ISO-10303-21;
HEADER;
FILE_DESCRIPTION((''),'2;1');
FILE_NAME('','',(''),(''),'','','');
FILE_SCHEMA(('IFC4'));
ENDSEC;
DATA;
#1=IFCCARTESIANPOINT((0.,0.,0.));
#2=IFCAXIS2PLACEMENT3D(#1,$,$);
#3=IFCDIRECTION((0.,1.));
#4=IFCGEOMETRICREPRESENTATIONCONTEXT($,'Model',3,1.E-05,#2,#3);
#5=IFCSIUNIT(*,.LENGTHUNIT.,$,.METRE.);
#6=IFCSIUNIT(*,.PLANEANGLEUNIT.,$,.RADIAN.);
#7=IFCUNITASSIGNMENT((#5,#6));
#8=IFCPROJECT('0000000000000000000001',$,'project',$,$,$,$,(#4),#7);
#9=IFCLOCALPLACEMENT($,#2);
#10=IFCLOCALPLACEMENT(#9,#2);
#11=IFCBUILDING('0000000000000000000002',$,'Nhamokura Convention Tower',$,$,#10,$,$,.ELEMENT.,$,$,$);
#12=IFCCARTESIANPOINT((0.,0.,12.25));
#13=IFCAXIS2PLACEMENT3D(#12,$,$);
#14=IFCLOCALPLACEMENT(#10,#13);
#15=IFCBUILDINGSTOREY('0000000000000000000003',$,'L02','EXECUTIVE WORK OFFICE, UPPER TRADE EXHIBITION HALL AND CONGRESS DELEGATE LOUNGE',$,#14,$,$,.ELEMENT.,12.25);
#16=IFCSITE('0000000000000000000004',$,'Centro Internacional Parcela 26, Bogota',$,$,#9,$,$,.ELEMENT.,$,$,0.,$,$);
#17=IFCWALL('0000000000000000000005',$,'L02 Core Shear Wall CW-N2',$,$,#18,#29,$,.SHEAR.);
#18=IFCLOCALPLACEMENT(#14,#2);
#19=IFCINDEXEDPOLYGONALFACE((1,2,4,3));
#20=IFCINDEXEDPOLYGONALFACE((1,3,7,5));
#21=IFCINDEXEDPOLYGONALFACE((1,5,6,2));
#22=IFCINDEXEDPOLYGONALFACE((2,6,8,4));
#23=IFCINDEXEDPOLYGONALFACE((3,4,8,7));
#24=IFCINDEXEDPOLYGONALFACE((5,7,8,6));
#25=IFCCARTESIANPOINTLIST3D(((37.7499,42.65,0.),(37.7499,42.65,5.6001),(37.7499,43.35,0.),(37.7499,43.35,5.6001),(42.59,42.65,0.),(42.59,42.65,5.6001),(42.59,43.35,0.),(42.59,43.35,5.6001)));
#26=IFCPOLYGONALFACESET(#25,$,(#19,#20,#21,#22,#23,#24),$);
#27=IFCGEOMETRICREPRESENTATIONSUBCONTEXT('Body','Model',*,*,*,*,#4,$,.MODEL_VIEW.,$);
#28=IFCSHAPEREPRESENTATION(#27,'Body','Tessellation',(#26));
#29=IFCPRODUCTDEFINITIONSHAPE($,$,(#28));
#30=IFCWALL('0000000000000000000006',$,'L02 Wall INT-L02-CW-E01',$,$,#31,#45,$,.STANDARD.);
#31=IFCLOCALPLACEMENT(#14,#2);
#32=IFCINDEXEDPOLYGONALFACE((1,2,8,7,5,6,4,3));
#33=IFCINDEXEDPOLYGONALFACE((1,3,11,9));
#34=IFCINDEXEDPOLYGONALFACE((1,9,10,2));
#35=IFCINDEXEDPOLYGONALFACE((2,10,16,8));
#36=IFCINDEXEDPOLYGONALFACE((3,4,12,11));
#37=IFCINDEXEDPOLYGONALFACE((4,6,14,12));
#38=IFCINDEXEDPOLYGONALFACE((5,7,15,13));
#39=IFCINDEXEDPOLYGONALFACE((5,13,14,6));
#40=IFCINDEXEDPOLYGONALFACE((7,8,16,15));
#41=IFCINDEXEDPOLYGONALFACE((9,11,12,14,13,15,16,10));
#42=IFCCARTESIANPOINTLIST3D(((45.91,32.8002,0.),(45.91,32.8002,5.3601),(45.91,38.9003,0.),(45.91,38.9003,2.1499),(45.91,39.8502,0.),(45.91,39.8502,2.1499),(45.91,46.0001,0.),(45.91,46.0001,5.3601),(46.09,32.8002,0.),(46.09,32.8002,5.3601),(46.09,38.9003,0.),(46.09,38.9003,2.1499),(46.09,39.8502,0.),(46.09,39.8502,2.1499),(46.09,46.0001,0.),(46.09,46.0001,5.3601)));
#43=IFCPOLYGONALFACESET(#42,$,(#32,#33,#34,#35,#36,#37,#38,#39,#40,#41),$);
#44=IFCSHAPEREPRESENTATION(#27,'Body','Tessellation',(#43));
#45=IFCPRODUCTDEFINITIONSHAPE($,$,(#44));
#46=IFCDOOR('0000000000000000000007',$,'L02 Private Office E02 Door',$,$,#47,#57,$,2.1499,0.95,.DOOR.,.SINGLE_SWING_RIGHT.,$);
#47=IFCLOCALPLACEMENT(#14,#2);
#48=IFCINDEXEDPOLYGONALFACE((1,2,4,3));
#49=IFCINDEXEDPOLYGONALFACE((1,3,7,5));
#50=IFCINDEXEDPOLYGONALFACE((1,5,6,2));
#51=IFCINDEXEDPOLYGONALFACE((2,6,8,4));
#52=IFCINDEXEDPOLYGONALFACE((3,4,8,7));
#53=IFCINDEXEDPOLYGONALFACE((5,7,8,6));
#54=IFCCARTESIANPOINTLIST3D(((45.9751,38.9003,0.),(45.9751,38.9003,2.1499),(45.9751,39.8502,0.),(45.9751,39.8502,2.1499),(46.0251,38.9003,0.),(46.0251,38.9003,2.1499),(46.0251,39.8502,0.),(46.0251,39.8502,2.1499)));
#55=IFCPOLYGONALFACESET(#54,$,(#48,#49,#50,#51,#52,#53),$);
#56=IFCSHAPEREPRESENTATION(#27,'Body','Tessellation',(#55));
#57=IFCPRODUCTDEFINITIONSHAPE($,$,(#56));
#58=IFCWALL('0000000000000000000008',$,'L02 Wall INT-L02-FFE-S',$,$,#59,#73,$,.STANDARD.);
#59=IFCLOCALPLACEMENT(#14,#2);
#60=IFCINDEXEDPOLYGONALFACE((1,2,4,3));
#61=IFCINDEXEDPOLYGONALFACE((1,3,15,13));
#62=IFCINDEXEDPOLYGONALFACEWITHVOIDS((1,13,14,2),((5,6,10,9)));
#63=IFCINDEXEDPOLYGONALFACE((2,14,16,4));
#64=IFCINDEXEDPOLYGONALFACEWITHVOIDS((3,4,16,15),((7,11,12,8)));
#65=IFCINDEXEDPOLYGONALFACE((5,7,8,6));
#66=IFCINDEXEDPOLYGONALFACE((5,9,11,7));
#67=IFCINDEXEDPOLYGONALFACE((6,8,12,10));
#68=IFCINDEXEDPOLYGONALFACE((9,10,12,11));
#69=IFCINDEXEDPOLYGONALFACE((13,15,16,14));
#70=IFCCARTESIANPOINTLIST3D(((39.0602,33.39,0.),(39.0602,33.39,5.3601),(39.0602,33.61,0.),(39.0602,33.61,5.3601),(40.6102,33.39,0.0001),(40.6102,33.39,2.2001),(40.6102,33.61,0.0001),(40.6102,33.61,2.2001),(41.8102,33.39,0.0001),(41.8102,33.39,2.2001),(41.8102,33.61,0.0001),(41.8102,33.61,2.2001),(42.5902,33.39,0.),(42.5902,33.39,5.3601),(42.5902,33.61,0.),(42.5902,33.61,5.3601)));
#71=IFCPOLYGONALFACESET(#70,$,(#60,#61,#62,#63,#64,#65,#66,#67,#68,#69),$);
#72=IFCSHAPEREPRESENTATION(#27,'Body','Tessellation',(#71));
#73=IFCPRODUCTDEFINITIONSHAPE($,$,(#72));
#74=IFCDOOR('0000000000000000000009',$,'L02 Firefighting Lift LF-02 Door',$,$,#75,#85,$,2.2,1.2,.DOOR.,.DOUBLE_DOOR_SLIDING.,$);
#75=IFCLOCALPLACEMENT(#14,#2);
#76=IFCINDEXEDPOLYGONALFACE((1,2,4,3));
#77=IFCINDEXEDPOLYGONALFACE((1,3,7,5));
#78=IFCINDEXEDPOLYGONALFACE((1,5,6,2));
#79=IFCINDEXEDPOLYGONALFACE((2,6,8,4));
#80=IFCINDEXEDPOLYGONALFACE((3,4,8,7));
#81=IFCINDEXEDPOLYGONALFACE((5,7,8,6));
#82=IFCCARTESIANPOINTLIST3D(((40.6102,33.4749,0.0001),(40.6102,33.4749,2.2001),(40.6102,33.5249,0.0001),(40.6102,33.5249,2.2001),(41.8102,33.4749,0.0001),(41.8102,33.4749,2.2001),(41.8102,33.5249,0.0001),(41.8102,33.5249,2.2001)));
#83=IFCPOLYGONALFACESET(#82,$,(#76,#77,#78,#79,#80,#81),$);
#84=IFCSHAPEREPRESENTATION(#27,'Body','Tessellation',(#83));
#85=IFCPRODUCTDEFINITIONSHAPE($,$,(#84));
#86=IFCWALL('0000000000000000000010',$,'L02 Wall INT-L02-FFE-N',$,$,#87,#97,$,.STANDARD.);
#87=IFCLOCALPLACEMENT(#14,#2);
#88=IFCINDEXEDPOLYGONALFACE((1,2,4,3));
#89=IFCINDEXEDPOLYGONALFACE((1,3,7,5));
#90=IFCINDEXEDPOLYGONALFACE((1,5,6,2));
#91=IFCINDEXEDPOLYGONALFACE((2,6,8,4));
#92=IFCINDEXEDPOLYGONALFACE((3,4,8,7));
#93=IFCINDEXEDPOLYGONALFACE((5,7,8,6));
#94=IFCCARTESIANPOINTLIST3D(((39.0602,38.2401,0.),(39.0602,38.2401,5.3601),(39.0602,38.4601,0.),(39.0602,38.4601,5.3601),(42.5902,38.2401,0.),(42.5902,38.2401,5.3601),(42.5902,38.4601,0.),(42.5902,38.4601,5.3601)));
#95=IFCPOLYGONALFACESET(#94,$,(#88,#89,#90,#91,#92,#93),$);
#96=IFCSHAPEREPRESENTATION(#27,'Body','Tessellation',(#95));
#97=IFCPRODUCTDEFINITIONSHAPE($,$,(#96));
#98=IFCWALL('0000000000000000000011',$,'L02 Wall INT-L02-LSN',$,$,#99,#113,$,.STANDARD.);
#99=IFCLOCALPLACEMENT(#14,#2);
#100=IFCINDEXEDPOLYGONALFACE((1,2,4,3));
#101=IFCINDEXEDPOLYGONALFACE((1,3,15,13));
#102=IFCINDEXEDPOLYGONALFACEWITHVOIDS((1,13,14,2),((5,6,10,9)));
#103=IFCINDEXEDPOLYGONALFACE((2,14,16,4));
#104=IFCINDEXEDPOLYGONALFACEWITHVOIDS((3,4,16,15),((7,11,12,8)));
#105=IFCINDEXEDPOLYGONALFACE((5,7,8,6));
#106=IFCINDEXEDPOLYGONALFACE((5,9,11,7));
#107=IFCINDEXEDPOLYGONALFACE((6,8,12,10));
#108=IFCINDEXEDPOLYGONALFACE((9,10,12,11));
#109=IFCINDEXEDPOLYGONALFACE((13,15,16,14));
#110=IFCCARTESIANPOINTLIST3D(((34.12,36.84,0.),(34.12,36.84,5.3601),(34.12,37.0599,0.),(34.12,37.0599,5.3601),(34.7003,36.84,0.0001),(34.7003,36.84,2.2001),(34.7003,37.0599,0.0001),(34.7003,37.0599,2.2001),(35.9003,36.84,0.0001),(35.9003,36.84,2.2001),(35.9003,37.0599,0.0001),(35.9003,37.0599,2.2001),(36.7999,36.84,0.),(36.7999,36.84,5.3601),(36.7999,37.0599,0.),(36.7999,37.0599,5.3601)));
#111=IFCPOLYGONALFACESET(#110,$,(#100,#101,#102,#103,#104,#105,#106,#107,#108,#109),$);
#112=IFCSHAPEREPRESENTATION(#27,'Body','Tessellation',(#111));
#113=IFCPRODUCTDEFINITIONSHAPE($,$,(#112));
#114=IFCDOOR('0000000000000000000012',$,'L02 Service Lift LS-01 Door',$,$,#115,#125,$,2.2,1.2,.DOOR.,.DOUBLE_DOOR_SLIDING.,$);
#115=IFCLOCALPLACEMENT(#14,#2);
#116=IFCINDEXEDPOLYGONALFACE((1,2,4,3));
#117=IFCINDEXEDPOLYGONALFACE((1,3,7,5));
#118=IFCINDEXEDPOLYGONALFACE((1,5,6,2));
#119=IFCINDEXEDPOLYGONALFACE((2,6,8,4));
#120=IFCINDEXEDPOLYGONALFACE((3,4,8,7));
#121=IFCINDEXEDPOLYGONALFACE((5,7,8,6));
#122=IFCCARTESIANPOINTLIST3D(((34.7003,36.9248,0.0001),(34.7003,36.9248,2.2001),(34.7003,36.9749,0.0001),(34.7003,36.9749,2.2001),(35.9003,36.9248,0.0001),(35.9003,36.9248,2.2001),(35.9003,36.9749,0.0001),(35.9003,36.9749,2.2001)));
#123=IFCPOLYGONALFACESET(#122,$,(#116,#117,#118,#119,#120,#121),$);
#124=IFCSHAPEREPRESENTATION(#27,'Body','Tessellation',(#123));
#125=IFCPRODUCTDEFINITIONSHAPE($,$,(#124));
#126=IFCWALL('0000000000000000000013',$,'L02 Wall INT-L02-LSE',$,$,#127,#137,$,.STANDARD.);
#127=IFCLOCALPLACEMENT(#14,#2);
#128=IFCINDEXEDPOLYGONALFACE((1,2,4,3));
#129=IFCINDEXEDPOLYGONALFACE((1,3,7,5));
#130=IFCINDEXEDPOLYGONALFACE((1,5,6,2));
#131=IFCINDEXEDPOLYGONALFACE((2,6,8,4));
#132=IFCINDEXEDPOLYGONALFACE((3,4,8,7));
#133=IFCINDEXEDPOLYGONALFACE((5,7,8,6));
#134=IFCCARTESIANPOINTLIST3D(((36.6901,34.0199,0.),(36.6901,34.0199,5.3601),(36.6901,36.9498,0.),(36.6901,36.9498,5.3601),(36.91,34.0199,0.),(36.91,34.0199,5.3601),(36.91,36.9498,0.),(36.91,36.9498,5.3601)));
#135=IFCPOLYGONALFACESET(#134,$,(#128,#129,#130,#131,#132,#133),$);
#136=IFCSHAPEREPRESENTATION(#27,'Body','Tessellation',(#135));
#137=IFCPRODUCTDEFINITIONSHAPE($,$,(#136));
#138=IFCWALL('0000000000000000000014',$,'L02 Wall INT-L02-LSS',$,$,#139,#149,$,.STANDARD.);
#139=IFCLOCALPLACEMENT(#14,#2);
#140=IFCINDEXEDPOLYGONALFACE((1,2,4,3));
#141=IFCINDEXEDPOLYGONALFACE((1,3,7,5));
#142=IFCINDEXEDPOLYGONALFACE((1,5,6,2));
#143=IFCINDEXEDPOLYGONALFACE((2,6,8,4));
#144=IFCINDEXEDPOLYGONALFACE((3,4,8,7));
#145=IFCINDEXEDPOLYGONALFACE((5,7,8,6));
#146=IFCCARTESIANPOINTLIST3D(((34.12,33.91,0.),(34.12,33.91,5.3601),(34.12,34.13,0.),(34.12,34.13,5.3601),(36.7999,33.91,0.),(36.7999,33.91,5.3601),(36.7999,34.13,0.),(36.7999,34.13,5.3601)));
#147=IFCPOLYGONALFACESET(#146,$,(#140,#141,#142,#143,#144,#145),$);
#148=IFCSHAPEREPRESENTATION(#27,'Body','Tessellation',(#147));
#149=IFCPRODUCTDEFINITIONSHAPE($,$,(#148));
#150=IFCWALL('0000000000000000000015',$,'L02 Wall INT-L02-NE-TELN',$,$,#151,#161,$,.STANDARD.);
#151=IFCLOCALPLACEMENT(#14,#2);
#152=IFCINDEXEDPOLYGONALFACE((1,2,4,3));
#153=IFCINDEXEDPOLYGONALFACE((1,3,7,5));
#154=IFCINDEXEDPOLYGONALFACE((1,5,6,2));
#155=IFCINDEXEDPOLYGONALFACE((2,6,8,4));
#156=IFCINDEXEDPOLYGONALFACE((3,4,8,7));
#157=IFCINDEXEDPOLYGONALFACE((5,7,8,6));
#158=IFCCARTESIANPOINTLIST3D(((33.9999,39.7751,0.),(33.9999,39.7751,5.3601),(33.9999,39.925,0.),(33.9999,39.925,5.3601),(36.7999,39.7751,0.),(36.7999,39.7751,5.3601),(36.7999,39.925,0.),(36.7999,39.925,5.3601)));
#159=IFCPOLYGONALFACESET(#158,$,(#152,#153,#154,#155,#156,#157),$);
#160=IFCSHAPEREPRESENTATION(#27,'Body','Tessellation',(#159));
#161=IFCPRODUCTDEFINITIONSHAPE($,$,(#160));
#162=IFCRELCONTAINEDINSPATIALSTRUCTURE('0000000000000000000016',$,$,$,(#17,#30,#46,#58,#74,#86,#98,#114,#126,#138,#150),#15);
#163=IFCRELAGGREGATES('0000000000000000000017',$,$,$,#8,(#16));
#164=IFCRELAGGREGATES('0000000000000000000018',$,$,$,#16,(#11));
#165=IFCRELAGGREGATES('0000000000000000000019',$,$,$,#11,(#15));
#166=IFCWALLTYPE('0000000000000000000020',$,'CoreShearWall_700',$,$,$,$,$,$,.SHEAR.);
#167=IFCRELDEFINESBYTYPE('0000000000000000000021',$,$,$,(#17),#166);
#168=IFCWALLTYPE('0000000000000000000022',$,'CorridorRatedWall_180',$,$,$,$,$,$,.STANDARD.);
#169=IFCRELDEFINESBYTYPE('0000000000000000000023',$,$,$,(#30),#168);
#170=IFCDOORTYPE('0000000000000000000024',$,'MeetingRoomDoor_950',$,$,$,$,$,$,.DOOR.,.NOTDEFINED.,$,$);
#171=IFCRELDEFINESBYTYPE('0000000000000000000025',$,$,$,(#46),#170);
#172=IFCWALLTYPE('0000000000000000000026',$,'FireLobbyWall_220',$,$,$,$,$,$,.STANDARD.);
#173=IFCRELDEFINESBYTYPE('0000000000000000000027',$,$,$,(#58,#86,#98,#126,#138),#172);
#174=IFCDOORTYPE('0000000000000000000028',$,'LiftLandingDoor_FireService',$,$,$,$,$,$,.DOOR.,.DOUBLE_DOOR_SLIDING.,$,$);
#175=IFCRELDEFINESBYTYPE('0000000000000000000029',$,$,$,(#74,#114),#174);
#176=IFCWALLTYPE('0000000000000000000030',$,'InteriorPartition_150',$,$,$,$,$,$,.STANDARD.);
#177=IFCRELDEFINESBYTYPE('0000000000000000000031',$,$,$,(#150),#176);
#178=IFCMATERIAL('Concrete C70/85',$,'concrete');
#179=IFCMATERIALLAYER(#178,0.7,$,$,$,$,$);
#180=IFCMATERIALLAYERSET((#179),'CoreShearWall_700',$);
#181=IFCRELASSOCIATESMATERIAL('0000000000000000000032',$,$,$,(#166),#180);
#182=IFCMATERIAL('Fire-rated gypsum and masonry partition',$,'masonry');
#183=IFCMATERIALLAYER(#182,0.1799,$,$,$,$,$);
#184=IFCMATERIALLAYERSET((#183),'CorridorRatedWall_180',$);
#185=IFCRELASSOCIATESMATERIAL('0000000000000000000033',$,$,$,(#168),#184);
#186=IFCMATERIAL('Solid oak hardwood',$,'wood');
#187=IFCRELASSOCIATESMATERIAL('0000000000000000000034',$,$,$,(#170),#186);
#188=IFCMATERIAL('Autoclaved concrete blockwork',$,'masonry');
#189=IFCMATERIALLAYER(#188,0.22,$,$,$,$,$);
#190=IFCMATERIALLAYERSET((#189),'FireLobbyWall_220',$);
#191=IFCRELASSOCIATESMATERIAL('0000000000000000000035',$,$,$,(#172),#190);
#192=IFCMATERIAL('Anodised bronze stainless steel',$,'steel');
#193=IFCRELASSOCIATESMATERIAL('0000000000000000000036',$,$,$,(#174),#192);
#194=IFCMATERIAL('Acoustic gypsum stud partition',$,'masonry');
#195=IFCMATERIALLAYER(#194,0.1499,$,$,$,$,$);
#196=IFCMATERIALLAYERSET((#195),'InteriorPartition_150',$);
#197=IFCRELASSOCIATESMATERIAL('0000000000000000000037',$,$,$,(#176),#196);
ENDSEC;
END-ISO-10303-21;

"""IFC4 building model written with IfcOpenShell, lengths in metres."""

from ifc_helpers import new_model, si_unit, direction, frame, frame_2d, origin, place, context, subcontext, project, spatial, rectangle, extrude, material, layer, layer_set, type_object, element, fill, save


model = new_model("IFC4")

# Units and contexts
model_context = context("Model", 3, precision=1e-05, world=origin(), true_north=direction((0.0, 1.0)))
body_context = subcontext(model_context, "Body", "Model", "MODEL_VIEW")
ifc_project = project(units=[si_unit("LENGTHUNIT", "METRE"), si_unit("PLANEANGLEUNIT", "RADIAN")], contexts=[model_context])

# Site, building, storey
site_placement = place(None, origin())
site = spatial("IfcSite", under=ifc_project, at=site_placement, Name="Centro Internacional Parcela 26, Bogota", CompositionType="ELEMENT", RefElevation=0.0)
building_placement = place(site_placement, origin())
building = spatial("IfcBuilding", under=site, at=building_placement, Name="Nhamokura Convention Tower", CompositionType="ELEMENT")
storey_placement = place(building_placement, frame((0.0, 0.0, 12.25)))
storey = spatial("IfcBuildingStorey", under=building, at=storey_placement, Name="L02", Description="EXECUTIVE WORK OFFICE, UPPER TRADE EXHIBITION HALL AND CONGRESS DELEGATE LOUNGE", CompositionType="ELEMENT", Elevation=12.25)

# Wall
ifc_material_1 = material(Name="Concrete C70/85", Category="concrete")
ifc_layer_1 = layer(ifc_material_1, 0.7)
ifc_layer_set_1 = layer_set([ifc_layer_1], Name="CoreShearWall_700")
wall_type_1 = type_object("IfcWallType", Name="CoreShearWall_700", PredefinedType="SHEAR", material=ifc_layer_set_1)
wall_1_placement = place(storey_placement, frame((37.75, 43.0, 0.0), z_axis=(0.0, 0.0, 1.0), x_axis=(1.0, 0.0, 0.0)))
element("IfcWall", 1, at=wall_1_placement, inside=storey, type_object=wall_type_1, Name="L02 Core Shear Wall CW-N2", PredefinedType="SHEAR", context=body_context, shape_type="SweptSolid", body=[
    extrude(rectangle(XDim=4.8401, YDim=0.7, at=frame_2d((2.4199, 0.0))), origin(), (0.0, 0.0, 1.0), 5.6001),
])

# Walls, openings, doors
ifc_material_2 = material(Name="Fire-rated gypsum and masonry partition", Category="masonry")
ifc_layer_2 = layer(ifc_material_2, 0.1799)
ifc_layer_set_2 = layer_set([ifc_layer_2], Name="CorridorRatedWall_180")
wall_type_2 = type_object("IfcWallType", Name="CorridorRatedWall_180", PredefinedType="STANDARD", material=ifc_layer_set_2)
wall_2_placement = place(storey_placement, frame((46.0, 32.8, 0.0), z_axis=(0.0, 0.0, 1.0), x_axis=(0.0, 1.0, 0.0)))
wall_2 = element("IfcWall", 2, at=wall_2_placement, inside=storey, type_object=wall_type_2, Name="L02 Wall INT-L02-CW-E01", PredefinedType="STANDARD", context=body_context, shape_type="SweptSolid", body=[
    extrude(rectangle(XDim=13.2, YDim=0.1799, at=frame_2d((6.6001, 0.0))), origin(), (0.0, 0.0, 1.0), 5.3601),
])
opening_1_placement = place(wall_2_placement, frame((6.1001, 0.0, 0.0)))
opening_1 = element("IfcOpeningElement", 3, at=opening_1_placement, cuts=wall_2, PredefinedType="OPENING", context=body_context, shape_type="SweptSolid", body=[
    extrude(rectangle(XDim=0.95, YDim=2.1499, at=frame_2d((0.4751, 1.075))), frame((0.0, 0.0999, 0.0), z_axis=(0.0, -1.0, 0.0), x_axis=(1.0, 0.0, 0.0)), (0.0, 0.0, 1.0), 0.2),
])
ifc_material_3 = material(Name="Solid oak hardwood", Category="wood")
door_type_1 = type_object("IfcDoorType", Name="MeetingRoomDoor_950", OperationType="NOTDEFINED", PredefinedType="DOOR", material=ifc_material_3)
door_1_placement = place(opening_1_placement, origin())
door_1 = element("IfcDoor", 4, at=door_1_placement, inside=storey, type_object=door_type_1, Name="L02 Private Office E02 Door", OperationType="SINGLE_SWING_RIGHT", OverallHeight=2.1499, OverallWidth=0.95, PredefinedType="DOOR", context=body_context, shape_type="SweptSolid", body=[
    extrude(rectangle(XDim=0.95, YDim=2.1499, at=frame_2d((0.4751, 1.075))), frame((0.0, 0.0249, 0.0), z_axis=(0.0, -1.0, 0.0), x_axis=(1.0, 0.0, 0.0)), (0.0, 0.0, 1.0), 0.05),
])
fill(opening_1, door_1)
ifc_material_4 = material(Name="Autoclaved concrete blockwork", Category="masonry")
ifc_layer_3 = layer(ifc_material_4, 0.22)
ifc_layer_set_3 = layer_set([ifc_layer_3], Name="FireLobbyWall_220")
wall_type_3 = type_object("IfcWallType", Name="FireLobbyWall_220", PredefinedType="STANDARD", material=ifc_layer_set_3)
wall_3_placement = place(storey_placement, frame((39.0601, 33.5, 0.0), z_axis=(0.0, 0.0, 1.0), x_axis=(1.0, 0.0, 0.0)))
wall_3 = element("IfcWall", 5, at=wall_3_placement, inside=storey, type_object=wall_type_3, Name="L02 Wall INT-L02-FFE-S", PredefinedType="STANDARD", context=body_context, shape_type="SweptSolid", body=[
    extrude(rectangle(XDim=3.53, YDim=0.22, at=frame_2d((1.7651, 0.0))), origin(), (0.0, 0.0, 1.0), 5.3601),
])
opening_2_placement = place(wall_3_placement, frame((1.55, 0.0, 0.0)))
opening_2 = element("IfcOpeningElement", 6, at=opening_2_placement, cuts=wall_3, PredefinedType="OPENING", context=body_context, shape_type="SweptSolid", body=[
    extrude(rectangle(XDim=1.2, YDim=2.2, at=frame_2d((0.6001, 1.1001))), frame((0.0, 0.1199, 0.0), z_axis=(0.0, -1.0, 0.0), x_axis=(1.0, 0.0, 0.0)), (0.0, 0.0, 1.0), 0.24),
])
ifc_material_5 = material(Name="Anodised bronze stainless steel", Category="steel")
door_type_2 = type_object("IfcDoorType", Name="LiftLandingDoor_FireService", OperationType="DOUBLE_DOOR_SLIDING", PredefinedType="DOOR", material=ifc_material_5)
door_2_placement = place(opening_2_placement, origin())
door_2 = element("IfcDoor", 7, at=door_2_placement, inside=storey, type_object=door_type_2, Name="L02 Firefighting Lift LF-02 Door", OperationType="DOUBLE_DOOR_SLIDING", OverallHeight=2.2, OverallWidth=1.2, PredefinedType="DOOR", context=body_context, shape_type="SweptSolid", body=[
    extrude(rectangle(XDim=1.2, YDim=2.2, at=frame_2d((0.6001, 1.1001))), frame((0.0, 0.0249, 0.0), z_axis=(0.0, -1.0, 0.0), x_axis=(1.0, 0.0, 0.0)), (0.0, 0.0, 1.0), 0.05),
])
fill(opening_2, door_2)

# Wall
wall_4_placement = place(storey_placement, frame((39.0601, 38.3501, 0.0), z_axis=(0.0, 0.0, 1.0), x_axis=(1.0, 0.0, 0.0)))
element("IfcWall", 8, at=wall_4_placement, inside=storey, type_object=wall_type_3, Name="L02 Wall INT-L02-FFE-N", PredefinedType="STANDARD", context=body_context, shape_type="SweptSolid", body=[
    extrude(rectangle(XDim=3.53, YDim=0.22, at=frame_2d((1.7651, 0.0))), origin(), (0.0, 0.0, 1.0), 5.3601),
])

# Wall, opening, door
wall_5_placement = place(storey_placement, frame((34.1201, 36.95, 0.0), z_axis=(0.0, 0.0, 1.0), x_axis=(1.0, 0.0, 0.0)))
wall_5 = element("IfcWall", 9, at=wall_5_placement, inside=storey, type_object=wall_type_3, Name="L02 Wall INT-L02-LSN", PredefinedType="STANDARD", context=body_context, shape_type="SweptSolid", body=[
    extrude(rectangle(XDim=2.6799, YDim=0.22, at=frame_2d((1.3398, 0.0))), origin(), (0.0, 0.0, 1.0), 5.3601),
])
opening_3_placement = place(wall_5_placement, frame((0.5801, 0.0, 0.0)))
opening_3 = element("IfcOpeningElement", 10, at=opening_3_placement, cuts=wall_5, PredefinedType="OPENING", context=body_context, shape_type="SweptSolid", body=[
    extrude(rectangle(XDim=1.2, YDim=2.2, at=frame_2d((0.6001, 1.1001))), frame((0.0, 0.1199, 0.0), z_axis=(0.0, -1.0, 0.0), x_axis=(1.0, 0.0, 0.0)), (0.0, 0.0, 1.0), 0.24),
])
door_3_placement = place(opening_3_placement, origin())
door_3 = element("IfcDoor", 11, at=door_3_placement, inside=storey, type_object=door_type_2, Name="L02 Service Lift LS-01 Door", OperationType="DOUBLE_DOOR_SLIDING", OverallHeight=2.2, OverallWidth=1.2, PredefinedType="DOOR", context=body_context, shape_type="SweptSolid", body=[
    extrude(rectangle(XDim=1.2, YDim=2.2, at=frame_2d((0.6001, 1.1001))), frame((0.0, 0.0249, 0.0), z_axis=(0.0, -1.0, 0.0), x_axis=(1.0, 0.0, 0.0)), (0.0, 0.0, 1.0), 0.05),
])
fill(opening_3, door_3)

# Walls
wall_6_placement = place(storey_placement, frame((36.8, 34.02, 0.0), z_axis=(0.0, 0.0, 1.0), x_axis=(0.0, 1.0, 0.0)))
element("IfcWall", 12, at=wall_6_placement, inside=storey, type_object=wall_type_3, Name="L02 Wall INT-L02-LSE", PredefinedType="STANDARD", context=body_context, shape_type="SweptSolid", body=[
    extrude(rectangle(XDim=2.9299, YDim=0.22, at=frame_2d((1.4648, 0.0))), origin(), (0.0, 0.0, 1.0), 5.3601),
])
wall_7_placement = place(storey_placement, frame((34.1201, 34.02, 0.0), z_axis=(0.0, 0.0, 1.0), x_axis=(1.0, 0.0, 0.0)))
element("IfcWall", 13, at=wall_7_placement, inside=storey, type_object=wall_type_3, Name="L02 Wall INT-L02-LSS", PredefinedType="STANDARD", context=body_context, shape_type="SweptSolid", body=[
    extrude(rectangle(XDim=2.6799, YDim=0.22, at=frame_2d((1.3398, 0.0))), origin(), (0.0, 0.0, 1.0), 5.3601),
])
ifc_material_6 = material(Name="Acoustic gypsum stud partition", Category="masonry")
ifc_layer_4 = layer(ifc_material_6, 0.1499)
ifc_layer_set_4 = layer_set([ifc_layer_4], Name="InteriorPartition_150")
wall_type_4 = type_object("IfcWallType", Name="InteriorPartition_150", PredefinedType="STANDARD", material=ifc_layer_set_4)
wall_8_placement = place(storey_placement, frame((34.0, 39.8501, 0.0), z_axis=(0.0, 0.0, 1.0), x_axis=(1.0, 0.0, 0.0)))
element("IfcWall", 14, at=wall_8_placement, inside=storey, type_object=wall_type_4, Name="L02 Wall INT-L02-NE-TELN", PredefinedType="STANDARD", context=body_context, shape_type="SweptSolid", body=[
    extrude(rectangle(XDim=2.8, YDim=0.1499, at=frame_2d((1.3999, 0.0))), origin(), (0.0, 0.0, 1.0), 5.3601),
])

save(model, "model.ifc")
